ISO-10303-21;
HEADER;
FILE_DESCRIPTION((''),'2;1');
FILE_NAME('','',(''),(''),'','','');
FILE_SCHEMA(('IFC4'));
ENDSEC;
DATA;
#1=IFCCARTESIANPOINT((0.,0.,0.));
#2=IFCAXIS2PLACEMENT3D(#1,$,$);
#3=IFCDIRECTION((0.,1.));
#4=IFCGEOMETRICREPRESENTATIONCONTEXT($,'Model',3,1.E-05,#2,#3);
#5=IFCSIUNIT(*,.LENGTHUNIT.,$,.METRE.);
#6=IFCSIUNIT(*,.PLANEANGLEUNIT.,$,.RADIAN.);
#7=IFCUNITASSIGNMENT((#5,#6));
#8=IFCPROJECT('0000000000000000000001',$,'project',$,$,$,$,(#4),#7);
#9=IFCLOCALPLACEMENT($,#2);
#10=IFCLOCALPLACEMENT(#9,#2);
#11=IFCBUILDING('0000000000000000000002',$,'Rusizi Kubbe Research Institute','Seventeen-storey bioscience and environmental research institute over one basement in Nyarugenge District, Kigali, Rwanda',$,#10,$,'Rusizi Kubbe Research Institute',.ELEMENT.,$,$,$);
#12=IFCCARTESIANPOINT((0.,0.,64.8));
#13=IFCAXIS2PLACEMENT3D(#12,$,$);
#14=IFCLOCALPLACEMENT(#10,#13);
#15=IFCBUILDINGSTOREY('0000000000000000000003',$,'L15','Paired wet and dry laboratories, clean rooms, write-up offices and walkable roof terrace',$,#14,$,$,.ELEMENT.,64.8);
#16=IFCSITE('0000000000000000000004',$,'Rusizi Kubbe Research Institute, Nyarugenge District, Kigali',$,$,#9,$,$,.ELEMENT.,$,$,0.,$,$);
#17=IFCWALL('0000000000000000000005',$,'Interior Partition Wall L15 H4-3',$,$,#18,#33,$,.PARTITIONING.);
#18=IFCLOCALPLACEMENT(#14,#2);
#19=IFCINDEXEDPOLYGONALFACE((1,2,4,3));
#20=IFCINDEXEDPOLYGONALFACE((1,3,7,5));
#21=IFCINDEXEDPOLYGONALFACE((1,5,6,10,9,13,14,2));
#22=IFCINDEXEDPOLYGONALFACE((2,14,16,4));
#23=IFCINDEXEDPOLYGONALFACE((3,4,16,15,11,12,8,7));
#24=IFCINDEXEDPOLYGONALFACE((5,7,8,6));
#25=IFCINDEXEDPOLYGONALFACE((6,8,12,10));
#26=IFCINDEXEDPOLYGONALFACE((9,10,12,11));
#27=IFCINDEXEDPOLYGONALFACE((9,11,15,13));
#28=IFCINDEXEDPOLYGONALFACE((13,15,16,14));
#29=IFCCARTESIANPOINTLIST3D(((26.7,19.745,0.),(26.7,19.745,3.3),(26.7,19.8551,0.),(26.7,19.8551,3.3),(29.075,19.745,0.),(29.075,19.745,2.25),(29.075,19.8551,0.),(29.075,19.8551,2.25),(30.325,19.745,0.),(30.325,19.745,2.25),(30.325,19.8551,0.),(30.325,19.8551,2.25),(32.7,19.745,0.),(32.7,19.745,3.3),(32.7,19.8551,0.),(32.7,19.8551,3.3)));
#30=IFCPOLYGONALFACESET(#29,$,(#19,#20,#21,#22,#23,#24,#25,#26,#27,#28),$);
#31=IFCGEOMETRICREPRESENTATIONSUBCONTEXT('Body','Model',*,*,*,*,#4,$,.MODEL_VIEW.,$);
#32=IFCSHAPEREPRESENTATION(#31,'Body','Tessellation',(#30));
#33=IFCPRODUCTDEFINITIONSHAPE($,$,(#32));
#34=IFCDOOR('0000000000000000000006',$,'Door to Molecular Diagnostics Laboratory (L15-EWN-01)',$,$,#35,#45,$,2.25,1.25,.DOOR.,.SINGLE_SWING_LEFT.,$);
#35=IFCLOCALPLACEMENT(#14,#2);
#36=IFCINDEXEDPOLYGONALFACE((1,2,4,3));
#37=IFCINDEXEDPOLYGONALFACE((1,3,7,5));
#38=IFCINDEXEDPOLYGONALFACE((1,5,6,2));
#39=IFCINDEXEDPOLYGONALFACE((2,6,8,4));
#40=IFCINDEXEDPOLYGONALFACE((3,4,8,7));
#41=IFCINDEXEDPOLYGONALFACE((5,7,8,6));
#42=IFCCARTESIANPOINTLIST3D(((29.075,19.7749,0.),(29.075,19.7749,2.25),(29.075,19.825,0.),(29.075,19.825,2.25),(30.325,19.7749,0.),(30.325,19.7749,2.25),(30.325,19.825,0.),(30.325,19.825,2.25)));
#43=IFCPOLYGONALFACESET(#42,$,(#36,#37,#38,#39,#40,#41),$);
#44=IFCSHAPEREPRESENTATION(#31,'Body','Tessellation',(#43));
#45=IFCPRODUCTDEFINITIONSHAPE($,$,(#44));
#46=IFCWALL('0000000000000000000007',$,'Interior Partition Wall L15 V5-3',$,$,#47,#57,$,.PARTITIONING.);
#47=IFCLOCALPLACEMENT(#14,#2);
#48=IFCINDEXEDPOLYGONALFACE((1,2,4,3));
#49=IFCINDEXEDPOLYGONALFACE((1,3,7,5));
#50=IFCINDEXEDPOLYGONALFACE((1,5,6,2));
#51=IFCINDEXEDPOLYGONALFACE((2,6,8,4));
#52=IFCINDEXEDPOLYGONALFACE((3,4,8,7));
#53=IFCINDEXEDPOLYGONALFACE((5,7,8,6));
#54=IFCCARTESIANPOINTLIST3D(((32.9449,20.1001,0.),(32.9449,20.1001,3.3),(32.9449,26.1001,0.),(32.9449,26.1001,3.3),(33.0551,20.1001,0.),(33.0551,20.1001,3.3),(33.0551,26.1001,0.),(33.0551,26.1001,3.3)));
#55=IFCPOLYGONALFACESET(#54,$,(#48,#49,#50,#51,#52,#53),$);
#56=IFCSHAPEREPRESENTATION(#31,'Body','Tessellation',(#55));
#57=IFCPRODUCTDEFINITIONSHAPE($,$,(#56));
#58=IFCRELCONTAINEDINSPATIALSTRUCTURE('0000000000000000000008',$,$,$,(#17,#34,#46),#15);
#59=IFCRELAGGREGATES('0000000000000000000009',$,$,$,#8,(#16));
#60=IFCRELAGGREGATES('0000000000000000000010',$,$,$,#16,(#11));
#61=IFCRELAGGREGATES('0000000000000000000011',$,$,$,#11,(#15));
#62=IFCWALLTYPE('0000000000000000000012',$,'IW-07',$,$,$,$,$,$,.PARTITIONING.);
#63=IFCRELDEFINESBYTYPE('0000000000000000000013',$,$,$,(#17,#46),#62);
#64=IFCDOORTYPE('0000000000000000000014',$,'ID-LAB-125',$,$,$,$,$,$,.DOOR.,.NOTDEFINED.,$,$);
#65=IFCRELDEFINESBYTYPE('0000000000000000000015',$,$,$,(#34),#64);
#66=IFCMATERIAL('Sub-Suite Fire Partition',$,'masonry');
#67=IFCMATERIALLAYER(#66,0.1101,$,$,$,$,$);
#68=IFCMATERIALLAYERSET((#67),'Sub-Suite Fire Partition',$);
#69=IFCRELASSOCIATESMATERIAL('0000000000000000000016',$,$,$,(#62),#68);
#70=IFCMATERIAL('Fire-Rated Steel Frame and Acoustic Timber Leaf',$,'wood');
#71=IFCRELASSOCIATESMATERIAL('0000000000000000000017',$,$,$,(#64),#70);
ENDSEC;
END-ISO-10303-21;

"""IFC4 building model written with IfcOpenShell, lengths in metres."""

from ifc_helpers import new_model, si_unit, direction, frame, frame_2d, origin, place, context, subcontext, project, spatial, rectangle, extrude, material, layer, layer_set, type_object, element, fill, save


model = new_model("IFC4")

# Units and contexts
model_context = context("Model", 3, precision=1e-05, world=origin(), true_north=direction((0.0, 1.0)))
body_context = subcontext(model_context, "Body", "Model", "MODEL_VIEW")
ifc_project = project(units=[si_unit("LENGTHUNIT", "METRE"), si_unit("PLANEANGLEUNIT", "RADIAN")], contexts=[model_context])

# Site, building, storey
site_placement = place(None, origin())
site = spatial("IfcSite", under=ifc_project, at=site_placement, Name="Rusizi Kubbe Research Institute, Nyarugenge District, Kigali", CompositionType="ELEMENT", RefElevation=0.0)
building_placement = place(site_placement, origin())
building = spatial("IfcBuilding", under=site, at=building_placement, Name="Rusizi Kubbe Research Institute", Description="Seventeen-storey bioscience and environmental research institute over one basement in Nyarugenge District, Kigali, Rwanda", LongName="Rusizi Kubbe Research Institute", CompositionType="ELEMENT")
storey_placement = place(building_placement, frame((0.0, 0.0, 64.8)))
storey = spatial("IfcBuildingStorey", under=building, at=storey_placement, Name="L15", Description="Paired wet and dry laboratories, clean rooms, write-up offices and walkable roof terrace", CompositionType="ELEMENT", Elevation=64.8)

# Wall, opening, door
ifc_material_1 = material(Name="Sub-Suite Fire Partition", Category="masonry")
ifc_layer_1 = layer(ifc_material_1, 0.1101)
ifc_layer_set_1 = layer_set([ifc_layer_1], Name="Sub-Suite Fire Partition")
wall_type_1 = type_object("IfcWallType", Name="IW-07", PredefinedType="PARTITIONING", material=ifc_layer_set_1)
wall_1_placement = place(storey_placement, frame((26.7, 19.8, 0.0), z_axis=(0.0, 0.0, 1.0), x_axis=(1.0, 0.0, 0.0)))
wall_1 = element("IfcWall", 1, at=wall_1_placement, inside=storey, type_object=wall_type_1, Name="Interior Partition Wall L15 H4-3", PredefinedType="PARTITIONING", context=body_context, shape_type="SweptSolid", body=[
    extrude(rectangle(XDim=6.0, YDim=0.1101, at=frame_2d((3.0, 0.0))), origin(), (0.0, 0.0, 1.0), 3.3),
])
opening_1_placement = place(wall_1_placement, frame((2.375, 0.0, 0.0)))
opening_1 = element("IfcOpeningElement", 2, at=opening_1_placement, cuts=wall_1, PredefinedType="OPENING", context=body_context, shape_type="SweptSolid", body=[
    extrude(rectangle(XDim=1.25, YDim=2.25, at=frame_2d((0.625, 1.125))), frame((0.0, 0.0649, 0.0), z_axis=(0.0, -1.0, 0.0), x_axis=(1.0, 0.0, 0.0)), (0.0, 0.0, 1.0), 0.1301),
])
ifc_material_2 = material(Name="Fire-Rated Steel Frame and Acoustic Timber Leaf", Category="wood")
door_type_1 = type_object("IfcDoorType", Name="ID-LAB-125", OperationType="NOTDEFINED", PredefinedType="DOOR", material=ifc_material_2)
door_1_placement = place(opening_1_placement, origin())
door_1 = element("IfcDoor", 3, at=door_1_placement, inside=storey, type_object=door_type_1, Name="Door to Molecular Diagnostics Laboratory (L15-EWN-01)", OperationType="SINGLE_SWING_LEFT", OverallHeight=2.25, OverallWidth=1.25, PredefinedType="DOOR", context=body_context, shape_type="SweptSolid", body=[
    extrude(rectangle(XDim=1.25, YDim=2.25, at=frame_2d((0.625, 1.125))), frame((0.0, 0.0249, 0.0), z_axis=(0.0, -1.0, 0.0), x_axis=(1.0, 0.0, 0.0)), (0.0, 0.0, 1.0), 0.05),
])
fill(opening_1, door_1)

# Wall
wall_2_placement = place(storey_placement, frame((33.0, 20.1001, 0.0), z_axis=(0.0, 0.0, 1.0), x_axis=(0.0, 1.0, 0.0)))
element("IfcWall", 4, at=wall_2_placement, inside=storey, type_object=wall_type_1, Name="Interior Partition Wall L15 V5-3", PredefinedType="PARTITIONING", context=body_context, shape_type="SweptSolid", body=[
    extrude(rectangle(XDim=6.0, YDim=0.1101, at=frame_2d((3.0, 0.0))), origin(), (0.0, 0.0, 1.0), 3.3),
])

save(model, "model.ifc")
